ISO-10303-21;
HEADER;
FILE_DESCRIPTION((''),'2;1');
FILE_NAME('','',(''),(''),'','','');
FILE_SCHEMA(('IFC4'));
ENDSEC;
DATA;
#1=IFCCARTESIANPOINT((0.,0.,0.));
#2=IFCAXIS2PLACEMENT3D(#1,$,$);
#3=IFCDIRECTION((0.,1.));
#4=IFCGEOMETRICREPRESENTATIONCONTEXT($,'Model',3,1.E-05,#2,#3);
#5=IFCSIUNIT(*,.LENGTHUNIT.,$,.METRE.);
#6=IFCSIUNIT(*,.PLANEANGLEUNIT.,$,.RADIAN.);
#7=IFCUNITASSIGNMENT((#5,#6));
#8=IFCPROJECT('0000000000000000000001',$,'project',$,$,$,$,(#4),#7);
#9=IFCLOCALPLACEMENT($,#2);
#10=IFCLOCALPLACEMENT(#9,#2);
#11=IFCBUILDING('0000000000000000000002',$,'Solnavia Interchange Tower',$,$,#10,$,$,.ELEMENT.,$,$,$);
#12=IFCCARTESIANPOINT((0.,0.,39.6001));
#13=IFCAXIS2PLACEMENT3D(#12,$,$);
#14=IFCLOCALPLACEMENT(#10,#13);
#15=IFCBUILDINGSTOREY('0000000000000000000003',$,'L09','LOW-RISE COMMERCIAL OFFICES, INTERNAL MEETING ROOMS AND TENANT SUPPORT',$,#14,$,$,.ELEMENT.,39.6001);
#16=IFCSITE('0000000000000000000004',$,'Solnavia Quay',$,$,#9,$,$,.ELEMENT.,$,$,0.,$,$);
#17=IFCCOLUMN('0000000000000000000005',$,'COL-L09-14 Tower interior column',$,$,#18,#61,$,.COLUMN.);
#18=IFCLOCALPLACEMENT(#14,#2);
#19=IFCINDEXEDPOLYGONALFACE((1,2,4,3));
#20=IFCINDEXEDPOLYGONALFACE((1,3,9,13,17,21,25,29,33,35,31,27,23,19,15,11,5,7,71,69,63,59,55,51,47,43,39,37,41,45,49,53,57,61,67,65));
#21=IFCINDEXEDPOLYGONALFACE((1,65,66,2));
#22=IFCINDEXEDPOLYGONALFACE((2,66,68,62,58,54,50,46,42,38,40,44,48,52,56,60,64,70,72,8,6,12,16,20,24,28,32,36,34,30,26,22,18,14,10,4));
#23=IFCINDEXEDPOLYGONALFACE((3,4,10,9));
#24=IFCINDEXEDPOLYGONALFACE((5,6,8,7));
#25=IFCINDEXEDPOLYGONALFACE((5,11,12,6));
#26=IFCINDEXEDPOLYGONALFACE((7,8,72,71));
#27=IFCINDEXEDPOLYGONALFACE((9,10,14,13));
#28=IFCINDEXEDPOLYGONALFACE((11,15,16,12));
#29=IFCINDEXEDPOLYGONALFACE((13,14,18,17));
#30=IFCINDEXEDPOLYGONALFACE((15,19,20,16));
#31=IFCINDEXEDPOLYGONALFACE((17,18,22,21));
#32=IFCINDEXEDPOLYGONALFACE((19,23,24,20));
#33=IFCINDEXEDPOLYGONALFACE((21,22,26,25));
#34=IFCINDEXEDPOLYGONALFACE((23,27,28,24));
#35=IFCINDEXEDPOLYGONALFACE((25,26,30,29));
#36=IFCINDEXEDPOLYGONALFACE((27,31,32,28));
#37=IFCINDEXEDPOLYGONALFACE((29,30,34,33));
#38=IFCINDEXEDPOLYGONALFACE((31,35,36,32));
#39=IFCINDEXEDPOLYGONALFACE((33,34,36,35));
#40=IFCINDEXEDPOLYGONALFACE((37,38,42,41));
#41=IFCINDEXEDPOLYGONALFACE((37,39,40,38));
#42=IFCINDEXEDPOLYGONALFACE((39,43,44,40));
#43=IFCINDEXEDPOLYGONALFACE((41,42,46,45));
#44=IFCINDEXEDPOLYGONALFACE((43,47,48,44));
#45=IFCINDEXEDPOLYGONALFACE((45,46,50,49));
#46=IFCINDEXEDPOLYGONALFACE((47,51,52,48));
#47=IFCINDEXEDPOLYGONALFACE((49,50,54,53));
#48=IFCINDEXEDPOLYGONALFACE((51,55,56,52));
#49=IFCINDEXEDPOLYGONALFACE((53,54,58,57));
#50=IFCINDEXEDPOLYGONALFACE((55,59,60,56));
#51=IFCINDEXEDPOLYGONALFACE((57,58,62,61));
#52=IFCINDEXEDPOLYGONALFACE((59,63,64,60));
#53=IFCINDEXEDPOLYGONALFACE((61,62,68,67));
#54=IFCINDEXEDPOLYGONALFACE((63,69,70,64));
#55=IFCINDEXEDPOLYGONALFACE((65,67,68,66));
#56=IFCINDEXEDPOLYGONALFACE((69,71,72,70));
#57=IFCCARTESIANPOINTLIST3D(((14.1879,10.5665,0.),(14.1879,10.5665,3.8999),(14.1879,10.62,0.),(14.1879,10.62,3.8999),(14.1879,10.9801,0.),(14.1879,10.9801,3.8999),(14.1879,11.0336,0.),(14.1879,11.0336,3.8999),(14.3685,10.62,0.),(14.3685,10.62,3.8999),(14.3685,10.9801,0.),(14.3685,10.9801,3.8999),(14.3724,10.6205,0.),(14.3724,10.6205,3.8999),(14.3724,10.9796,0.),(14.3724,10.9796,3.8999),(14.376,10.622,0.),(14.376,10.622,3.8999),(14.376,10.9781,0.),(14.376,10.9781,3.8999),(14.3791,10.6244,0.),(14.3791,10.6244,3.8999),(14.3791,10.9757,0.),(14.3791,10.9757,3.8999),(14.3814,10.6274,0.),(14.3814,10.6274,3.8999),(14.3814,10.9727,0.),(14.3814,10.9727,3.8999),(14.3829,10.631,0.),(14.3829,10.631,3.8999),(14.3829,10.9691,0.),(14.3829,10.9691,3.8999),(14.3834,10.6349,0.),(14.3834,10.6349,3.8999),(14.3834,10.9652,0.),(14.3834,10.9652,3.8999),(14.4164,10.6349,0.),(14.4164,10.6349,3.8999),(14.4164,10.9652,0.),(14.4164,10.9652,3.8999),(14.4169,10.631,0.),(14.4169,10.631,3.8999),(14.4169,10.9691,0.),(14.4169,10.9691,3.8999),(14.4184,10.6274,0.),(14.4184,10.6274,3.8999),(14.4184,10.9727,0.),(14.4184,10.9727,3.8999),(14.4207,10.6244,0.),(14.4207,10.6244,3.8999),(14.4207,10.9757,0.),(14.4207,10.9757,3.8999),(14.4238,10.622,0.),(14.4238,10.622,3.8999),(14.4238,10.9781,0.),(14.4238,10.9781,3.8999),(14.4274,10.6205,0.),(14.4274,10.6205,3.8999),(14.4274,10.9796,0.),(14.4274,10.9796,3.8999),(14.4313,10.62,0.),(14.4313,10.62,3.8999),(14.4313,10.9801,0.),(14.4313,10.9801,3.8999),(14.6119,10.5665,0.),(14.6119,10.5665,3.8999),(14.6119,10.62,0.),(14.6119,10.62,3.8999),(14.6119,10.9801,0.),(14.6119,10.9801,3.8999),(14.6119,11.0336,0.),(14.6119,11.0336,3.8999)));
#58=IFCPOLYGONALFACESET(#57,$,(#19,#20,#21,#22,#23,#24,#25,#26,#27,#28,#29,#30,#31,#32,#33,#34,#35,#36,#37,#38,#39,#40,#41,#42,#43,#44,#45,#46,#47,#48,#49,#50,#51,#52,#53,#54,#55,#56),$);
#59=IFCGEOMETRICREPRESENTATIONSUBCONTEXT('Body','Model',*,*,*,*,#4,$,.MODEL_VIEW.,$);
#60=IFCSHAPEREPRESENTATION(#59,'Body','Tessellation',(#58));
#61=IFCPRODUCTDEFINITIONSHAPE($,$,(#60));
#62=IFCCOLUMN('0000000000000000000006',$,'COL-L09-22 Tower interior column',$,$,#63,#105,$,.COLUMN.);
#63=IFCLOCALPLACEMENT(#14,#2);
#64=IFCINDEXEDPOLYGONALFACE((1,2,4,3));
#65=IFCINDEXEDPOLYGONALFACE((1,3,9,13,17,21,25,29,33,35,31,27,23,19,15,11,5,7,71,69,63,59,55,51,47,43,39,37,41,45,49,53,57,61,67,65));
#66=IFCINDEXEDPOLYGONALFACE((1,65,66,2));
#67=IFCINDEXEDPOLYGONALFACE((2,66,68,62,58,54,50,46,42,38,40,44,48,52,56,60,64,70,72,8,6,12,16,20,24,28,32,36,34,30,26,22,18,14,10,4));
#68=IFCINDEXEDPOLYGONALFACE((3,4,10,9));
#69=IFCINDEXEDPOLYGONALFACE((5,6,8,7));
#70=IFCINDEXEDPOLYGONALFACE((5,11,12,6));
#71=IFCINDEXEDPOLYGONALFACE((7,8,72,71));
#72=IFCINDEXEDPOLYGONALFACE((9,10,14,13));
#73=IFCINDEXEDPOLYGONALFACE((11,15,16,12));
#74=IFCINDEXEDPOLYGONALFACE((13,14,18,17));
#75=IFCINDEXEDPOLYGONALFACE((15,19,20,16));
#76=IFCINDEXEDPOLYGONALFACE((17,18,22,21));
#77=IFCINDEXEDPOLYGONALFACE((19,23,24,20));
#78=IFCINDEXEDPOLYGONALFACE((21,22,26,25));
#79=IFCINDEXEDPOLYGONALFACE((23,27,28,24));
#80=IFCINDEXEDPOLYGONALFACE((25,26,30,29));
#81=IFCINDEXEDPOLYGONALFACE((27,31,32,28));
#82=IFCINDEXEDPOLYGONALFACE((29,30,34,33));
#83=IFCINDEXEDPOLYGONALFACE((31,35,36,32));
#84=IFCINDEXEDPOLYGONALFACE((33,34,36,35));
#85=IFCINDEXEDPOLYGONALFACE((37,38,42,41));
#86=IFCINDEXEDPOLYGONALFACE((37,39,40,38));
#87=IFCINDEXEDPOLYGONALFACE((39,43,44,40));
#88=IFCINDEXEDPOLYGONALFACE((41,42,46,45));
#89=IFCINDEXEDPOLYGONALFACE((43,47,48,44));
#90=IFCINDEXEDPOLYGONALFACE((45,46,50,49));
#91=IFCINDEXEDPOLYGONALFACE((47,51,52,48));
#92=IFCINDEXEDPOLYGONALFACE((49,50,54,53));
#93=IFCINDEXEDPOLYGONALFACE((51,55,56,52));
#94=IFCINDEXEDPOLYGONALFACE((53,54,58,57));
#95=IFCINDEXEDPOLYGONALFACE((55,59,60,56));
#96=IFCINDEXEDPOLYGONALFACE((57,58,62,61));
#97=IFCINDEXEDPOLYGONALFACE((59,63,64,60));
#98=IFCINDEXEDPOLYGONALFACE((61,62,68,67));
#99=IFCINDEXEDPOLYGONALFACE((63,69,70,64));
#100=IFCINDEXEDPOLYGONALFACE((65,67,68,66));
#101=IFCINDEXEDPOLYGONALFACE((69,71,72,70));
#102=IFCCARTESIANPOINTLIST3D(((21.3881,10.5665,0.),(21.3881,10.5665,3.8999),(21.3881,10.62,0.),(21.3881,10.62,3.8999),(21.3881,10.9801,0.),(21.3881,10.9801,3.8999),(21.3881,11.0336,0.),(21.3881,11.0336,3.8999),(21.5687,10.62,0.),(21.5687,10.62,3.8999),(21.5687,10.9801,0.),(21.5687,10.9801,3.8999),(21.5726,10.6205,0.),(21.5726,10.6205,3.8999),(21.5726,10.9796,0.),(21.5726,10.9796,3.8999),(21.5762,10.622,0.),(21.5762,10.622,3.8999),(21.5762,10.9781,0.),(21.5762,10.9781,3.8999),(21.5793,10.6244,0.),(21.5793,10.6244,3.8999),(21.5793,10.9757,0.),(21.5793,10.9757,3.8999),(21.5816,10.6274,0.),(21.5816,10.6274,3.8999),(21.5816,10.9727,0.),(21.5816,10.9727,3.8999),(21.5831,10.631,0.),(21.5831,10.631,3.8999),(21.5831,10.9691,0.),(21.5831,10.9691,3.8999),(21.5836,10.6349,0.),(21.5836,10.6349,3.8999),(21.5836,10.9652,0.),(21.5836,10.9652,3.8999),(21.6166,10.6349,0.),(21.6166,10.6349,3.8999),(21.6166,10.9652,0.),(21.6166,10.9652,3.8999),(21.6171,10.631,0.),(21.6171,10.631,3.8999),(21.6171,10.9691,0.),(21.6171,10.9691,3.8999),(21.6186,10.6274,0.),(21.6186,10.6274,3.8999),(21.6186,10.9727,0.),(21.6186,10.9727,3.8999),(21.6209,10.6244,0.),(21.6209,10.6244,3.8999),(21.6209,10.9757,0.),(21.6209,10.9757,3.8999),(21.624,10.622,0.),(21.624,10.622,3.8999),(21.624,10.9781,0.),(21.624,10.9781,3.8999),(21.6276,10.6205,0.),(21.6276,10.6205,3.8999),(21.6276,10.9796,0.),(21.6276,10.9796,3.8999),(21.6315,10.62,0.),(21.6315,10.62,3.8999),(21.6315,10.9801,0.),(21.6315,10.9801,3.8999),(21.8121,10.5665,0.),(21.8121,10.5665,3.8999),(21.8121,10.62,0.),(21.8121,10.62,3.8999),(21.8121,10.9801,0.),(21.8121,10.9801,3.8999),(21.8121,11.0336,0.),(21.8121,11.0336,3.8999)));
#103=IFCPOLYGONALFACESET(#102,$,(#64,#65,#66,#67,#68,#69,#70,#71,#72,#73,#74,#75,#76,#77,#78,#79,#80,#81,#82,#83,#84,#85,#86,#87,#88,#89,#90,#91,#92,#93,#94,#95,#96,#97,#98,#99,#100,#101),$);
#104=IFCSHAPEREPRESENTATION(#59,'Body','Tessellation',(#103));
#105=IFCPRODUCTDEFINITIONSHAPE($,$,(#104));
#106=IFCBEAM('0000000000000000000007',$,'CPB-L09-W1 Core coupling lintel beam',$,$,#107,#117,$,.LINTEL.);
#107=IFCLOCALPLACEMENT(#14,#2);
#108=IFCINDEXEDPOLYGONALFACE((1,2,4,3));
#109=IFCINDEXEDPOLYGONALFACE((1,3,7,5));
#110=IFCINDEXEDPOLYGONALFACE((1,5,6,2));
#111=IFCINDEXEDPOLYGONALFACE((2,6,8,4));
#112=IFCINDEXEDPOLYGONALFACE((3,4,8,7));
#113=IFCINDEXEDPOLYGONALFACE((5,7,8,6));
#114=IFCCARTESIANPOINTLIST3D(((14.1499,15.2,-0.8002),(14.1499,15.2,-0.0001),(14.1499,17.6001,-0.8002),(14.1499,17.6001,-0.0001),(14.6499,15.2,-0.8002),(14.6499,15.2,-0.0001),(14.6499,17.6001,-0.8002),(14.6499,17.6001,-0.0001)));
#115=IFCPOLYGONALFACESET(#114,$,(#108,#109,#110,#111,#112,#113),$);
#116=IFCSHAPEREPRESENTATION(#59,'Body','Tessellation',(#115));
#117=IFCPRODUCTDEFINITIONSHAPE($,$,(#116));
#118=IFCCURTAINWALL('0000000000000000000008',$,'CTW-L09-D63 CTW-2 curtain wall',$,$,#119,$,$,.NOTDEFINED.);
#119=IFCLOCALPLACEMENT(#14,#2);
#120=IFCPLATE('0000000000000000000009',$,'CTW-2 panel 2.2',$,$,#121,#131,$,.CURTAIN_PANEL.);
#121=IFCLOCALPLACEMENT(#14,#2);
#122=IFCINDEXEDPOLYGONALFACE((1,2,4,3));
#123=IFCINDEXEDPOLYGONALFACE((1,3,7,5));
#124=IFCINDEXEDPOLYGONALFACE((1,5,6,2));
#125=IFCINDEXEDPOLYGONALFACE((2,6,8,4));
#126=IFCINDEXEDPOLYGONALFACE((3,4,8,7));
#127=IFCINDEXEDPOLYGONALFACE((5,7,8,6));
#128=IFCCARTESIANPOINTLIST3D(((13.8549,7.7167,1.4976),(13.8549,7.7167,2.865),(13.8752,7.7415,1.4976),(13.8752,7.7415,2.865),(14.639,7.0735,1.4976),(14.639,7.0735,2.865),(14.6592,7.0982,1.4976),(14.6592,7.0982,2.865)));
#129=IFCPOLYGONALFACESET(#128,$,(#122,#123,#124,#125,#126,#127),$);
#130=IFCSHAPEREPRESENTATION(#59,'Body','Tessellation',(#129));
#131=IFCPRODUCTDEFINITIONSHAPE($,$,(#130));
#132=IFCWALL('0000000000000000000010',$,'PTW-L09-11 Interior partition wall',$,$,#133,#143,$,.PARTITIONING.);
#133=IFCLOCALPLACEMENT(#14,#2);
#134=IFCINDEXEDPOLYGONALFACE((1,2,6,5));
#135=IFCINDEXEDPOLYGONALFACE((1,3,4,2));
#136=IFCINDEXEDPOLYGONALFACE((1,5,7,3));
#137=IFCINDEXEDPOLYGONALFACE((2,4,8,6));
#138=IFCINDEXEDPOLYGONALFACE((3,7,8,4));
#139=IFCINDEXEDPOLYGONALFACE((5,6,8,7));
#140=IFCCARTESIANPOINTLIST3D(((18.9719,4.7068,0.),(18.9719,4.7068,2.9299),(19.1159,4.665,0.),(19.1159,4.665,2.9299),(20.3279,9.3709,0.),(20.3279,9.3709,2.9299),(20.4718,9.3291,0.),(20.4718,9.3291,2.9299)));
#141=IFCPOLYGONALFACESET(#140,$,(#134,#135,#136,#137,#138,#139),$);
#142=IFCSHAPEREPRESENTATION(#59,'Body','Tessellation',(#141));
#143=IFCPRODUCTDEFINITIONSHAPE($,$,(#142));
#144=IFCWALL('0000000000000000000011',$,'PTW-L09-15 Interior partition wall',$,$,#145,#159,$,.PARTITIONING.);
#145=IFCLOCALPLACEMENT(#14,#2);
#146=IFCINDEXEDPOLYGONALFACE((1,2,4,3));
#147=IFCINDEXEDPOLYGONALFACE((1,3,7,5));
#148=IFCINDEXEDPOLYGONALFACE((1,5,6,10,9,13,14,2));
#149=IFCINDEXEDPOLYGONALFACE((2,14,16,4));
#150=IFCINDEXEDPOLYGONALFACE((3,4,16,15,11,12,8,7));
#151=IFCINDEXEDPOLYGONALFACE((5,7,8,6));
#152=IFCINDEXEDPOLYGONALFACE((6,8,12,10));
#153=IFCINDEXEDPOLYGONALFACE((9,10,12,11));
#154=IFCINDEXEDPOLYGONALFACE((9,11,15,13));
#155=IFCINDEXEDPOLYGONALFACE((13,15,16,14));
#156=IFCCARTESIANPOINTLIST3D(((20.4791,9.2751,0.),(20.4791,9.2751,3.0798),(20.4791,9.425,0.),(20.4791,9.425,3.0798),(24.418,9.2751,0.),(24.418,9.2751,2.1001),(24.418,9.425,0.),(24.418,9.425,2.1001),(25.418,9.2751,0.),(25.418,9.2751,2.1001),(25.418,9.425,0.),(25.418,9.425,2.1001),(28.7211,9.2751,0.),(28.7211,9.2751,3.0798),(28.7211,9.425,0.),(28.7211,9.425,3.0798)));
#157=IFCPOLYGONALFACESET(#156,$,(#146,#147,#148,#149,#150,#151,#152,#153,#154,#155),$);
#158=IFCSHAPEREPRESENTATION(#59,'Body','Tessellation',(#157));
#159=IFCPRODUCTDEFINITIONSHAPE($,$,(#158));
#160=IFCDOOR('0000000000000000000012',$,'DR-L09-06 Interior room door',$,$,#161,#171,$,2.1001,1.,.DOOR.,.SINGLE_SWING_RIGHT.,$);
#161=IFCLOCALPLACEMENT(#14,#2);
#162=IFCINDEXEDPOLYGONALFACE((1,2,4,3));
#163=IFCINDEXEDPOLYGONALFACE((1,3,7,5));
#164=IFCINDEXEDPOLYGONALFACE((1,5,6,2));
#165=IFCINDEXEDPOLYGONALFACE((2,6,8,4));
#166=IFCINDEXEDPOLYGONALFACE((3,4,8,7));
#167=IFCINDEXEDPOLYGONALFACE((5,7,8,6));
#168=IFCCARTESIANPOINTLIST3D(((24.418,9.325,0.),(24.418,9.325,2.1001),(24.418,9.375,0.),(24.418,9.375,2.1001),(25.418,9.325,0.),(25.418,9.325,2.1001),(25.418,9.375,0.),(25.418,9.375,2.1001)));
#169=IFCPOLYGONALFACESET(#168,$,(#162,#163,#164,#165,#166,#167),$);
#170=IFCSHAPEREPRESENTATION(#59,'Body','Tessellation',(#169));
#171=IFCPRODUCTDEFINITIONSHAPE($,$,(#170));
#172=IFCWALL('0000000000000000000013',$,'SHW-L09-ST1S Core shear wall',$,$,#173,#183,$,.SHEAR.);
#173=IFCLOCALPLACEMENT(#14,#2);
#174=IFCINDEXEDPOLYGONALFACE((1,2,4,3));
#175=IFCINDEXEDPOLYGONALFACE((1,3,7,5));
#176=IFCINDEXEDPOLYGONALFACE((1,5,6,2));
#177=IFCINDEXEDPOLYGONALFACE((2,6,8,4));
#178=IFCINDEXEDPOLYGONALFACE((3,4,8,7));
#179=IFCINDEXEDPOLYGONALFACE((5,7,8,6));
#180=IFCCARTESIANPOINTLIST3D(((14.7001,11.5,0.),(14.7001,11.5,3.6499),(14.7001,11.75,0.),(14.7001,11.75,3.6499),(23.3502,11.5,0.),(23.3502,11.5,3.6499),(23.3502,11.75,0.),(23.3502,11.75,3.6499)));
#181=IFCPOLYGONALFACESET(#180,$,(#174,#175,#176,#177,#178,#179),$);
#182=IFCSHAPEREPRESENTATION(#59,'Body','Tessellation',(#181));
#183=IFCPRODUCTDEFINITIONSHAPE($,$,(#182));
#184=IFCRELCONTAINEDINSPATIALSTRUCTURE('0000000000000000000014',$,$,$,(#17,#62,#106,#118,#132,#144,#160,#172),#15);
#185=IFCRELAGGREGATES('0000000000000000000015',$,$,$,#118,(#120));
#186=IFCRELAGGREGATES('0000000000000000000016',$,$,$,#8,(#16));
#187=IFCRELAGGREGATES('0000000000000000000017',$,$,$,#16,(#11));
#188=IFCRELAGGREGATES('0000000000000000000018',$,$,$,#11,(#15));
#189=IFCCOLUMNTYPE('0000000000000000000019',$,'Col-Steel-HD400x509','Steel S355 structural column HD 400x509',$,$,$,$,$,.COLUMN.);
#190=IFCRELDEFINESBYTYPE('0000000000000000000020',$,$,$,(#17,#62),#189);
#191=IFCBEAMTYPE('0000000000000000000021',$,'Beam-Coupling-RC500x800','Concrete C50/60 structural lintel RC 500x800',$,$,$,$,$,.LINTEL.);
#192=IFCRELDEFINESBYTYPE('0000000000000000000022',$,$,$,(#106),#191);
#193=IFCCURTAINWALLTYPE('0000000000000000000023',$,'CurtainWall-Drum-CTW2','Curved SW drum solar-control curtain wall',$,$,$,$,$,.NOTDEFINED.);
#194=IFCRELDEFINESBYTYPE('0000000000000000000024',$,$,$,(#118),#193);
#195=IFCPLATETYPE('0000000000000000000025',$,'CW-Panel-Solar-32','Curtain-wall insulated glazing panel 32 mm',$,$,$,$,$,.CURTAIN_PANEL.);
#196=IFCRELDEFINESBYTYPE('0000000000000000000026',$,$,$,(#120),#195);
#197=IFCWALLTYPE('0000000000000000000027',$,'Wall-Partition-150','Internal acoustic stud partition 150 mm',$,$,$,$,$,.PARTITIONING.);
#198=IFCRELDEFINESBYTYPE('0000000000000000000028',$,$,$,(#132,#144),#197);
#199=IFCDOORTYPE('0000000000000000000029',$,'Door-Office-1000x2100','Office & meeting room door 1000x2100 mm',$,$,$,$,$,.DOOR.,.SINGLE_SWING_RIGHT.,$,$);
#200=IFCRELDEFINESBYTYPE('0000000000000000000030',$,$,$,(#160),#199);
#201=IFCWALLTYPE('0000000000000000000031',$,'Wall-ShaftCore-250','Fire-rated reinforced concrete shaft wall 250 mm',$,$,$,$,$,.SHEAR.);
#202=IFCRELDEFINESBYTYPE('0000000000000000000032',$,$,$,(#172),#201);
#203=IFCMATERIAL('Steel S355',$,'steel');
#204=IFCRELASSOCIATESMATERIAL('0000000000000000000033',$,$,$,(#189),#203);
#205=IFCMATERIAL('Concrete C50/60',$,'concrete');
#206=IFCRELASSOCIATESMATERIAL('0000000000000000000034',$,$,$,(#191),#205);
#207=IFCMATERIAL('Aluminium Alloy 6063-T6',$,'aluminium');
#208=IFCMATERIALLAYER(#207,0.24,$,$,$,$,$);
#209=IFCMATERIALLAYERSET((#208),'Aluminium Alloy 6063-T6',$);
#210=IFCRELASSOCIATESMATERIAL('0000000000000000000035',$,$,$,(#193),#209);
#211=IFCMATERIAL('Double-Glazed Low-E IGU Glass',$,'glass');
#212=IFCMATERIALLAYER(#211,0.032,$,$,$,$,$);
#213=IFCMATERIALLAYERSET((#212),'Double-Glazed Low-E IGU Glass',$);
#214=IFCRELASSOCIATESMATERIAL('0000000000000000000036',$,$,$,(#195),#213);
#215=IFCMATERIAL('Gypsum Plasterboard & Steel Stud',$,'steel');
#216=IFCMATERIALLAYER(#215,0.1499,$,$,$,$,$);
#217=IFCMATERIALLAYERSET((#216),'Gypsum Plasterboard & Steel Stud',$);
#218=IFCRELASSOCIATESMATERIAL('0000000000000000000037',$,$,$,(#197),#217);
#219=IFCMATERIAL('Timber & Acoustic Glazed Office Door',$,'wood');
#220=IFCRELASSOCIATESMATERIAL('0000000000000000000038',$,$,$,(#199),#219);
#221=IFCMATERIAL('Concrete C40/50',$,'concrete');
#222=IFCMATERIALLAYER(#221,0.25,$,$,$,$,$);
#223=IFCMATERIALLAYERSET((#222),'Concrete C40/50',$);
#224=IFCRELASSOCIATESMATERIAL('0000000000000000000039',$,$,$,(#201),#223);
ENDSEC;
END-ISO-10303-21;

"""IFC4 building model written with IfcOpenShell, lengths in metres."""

from ifc_helpers import new_model, si_unit, direction, frame, frame_2d, origin, origin_2d, place, context, subcontext, project, spatial, rectangle, i_section, extrude, material, layer, layer_set, material_profile, profile_set, type_object, element, fill, aggregate, save


model = new_model("IFC4")

# Units and contexts
model_context = context("Model", 3, precision=1e-05, world=origin(), true_north=direction((0.0, 1.0)))
body_context = subcontext(model_context, "Body", "Model", "MODEL_VIEW")
ifc_project = project(units=[si_unit("LENGTHUNIT", "METRE"), si_unit("PLANEANGLEUNIT", "RADIAN")], contexts=[model_context])

# Site, building, storey
site_placement = place(None, origin())
site = spatial("IfcSite", under=ifc_project, at=site_placement, Name="Solnavia Quay", CompositionType="ELEMENT", RefElevation=0.0)
building_placement = place(site_placement, origin())
building = spatial("IfcBuilding", under=site, at=building_placement, Name="Solnavia Interchange Tower", CompositionType="ELEMENT")
storey_placement = place(building_placement, frame((0.0, 0.0, 39.6001)))
storey = spatial("IfcBuildingStorey", under=building, at=storey_placement, Name="L09", Description="LOW-RISE COMMERCIAL OFFICES, INTERNAL MEETING ROOMS AND TENANT SUPPORT", CompositionType="ELEMENT", Elevation=39.6001)

# Columns
ifc_material_1 = material(Name="Steel S355", Category="steel")
ifc_material_profile_1 = material_profile(ifc_material_1, i_section(OverallWidth=0.4241, OverallDepth=0.467, WebThickness=0.033, FlangeThickness=0.0535, FilletRadius=0.0149, at=origin_2d()), Name="HD 400x509")
ifc_profile_set_1 = profile_set([ifc_material_profile_1], Name="Steel S355")
column_type = type_object("IfcColumnType", Name="Col-Steel-HD400x509", Description="Steel S355 structural column HD 400x509", PredefinedType="COLUMN", material=ifc_profile_set_1)
for number, where, z_axis, x_axis, name in (
    (1, (14.3999, 10.8, 0.0), (0.0, 0.0, 1.0), (1.0, 0.0, 0.0), "COL-L09-14 Tower interior column"),
    (2, (21.6001, 10.8, 0.0), (0.0, 0.0, 1.0), (1.0, 0.0, 0.0), "COL-L09-22 Tower interior column"),
):
    element("IfcColumn", number, at=place(storey_placement, frame(where, z_axis=z_axis, x_axis=x_axis)), inside=storey, type_object=column_type, Name=name, PredefinedType="COLUMN", context=body_context, shape_type="SweptSolid", body=[
        extrude(i_section(OverallWidth=0.4241, OverallDepth=0.467, WebThickness=0.033, FlangeThickness=0.0535, FilletRadius=0.0149, at=origin_2d()), origin(), (0.0, 0.0, 1.0), 3.8999),
    ])

# Beam
ifc_material_2 = material(Name="Concrete C50/60", Category="concrete")
ifc_material_profile_2 = material_profile(ifc_material_2, rectangle(XDim=0.5, YDim=0.8, at=origin_2d()), Name="RC 500x800")
ifc_profile_set_2 = profile_set([ifc_material_profile_2], Name="Concrete C50/60")
beam_type = type_object("IfcBeamType", Name="Beam-Coupling-RC500x800", Description="Concrete C50/60 structural lintel RC 500x800", PredefinedType="LINTEL", material=ifc_profile_set_2)
beam_placement = place(storey_placement, frame((14.3999, 15.2, -0.4001), z_axis=(0.0, 1.0, 0.0), x_axis=(-1.0, 0.0, 0.0)))
element("IfcBeam", 3, at=beam_placement, inside=storey, type_object=beam_type, Name="CPB-L09-W1 Core coupling lintel beam", PredefinedType="LINTEL", context=body_context, shape_type="SweptSolid", body=[
    extrude(rectangle(XDim=0.5, YDim=0.8, at=origin_2d()), origin(), (0.0, 0.0, 1.0), 2.4001),
])

# Curtain wall, plate
ifc_material_3 = material(Name="Aluminium Alloy 6063-T6", Category="aluminium")
ifc_layer_1 = layer(ifc_material_3, 0.24)
ifc_layer_set_1 = layer_set([ifc_layer_1], Name="Aluminium Alloy 6063-T6")
curtain_wall_type = type_object("IfcCurtainWallType", Name="CurtainWall-Drum-CTW2", Description="Curved SW drum solar-control curtain wall", PredefinedType="NOTDEFINED", material=ifc_layer_set_1)
curtain_wall_placement = place(storey_placement, origin())
curtain_wall = element("IfcCurtainWall", 4, at=curtain_wall_placement, inside=storey, type_object=curtain_wall_type, Name="CTW-L09-D63 CTW-2 curtain wall", PredefinedType="NOTDEFINED")
ifc_material_4 = material(Name="Double-Glazed Low-E IGU Glass", Category="glass")
ifc_layer_2 = layer(ifc_material_4, 0.032)
ifc_layer_set_2 = layer_set([ifc_layer_2], Name="Double-Glazed Low-E IGU Glass")
plate_type = type_object("IfcPlateType", Name="CW-Panel-Solar-32", Description="Curtain-wall insulated glazing panel 32 mm", PredefinedType="CURTAIN_PANEL", material=ifc_layer_set_2)
plate_placement = place(storey_placement, frame((14.2571, 7.4075, 1.4976), z_axis=(0.0, 0.0, 1.0), x_axis=(0.773095, -0.634291, 0.0)))
plate = element("IfcPlate", 5, at=plate_placement, type_object=plate_type, Name="CTW-2 panel 2.2", PredefinedType="CURTAIN_PANEL", context=body_context, shape_type="SweptSolid", body=[
    extrude(rectangle(XDim=1.0142, YDim=0.032, at=origin_2d()), origin(), (0.0, 0.0, 1.0), 1.3674),
])
aggregate(curtain_wall, [plate])

# Wall
ifc_material_5 = material(Name="Gypsum Plasterboard & Steel Stud", Category="steel")
ifc_layer_3 = layer(ifc_material_5, 0.1499)
ifc_layer_set_3 = layer_set([ifc_layer_3], Name="Gypsum Plasterboard & Steel Stud")
wall_type_1 = type_object("IfcWallType", Name="Wall-Partition-150", Description="Internal acoustic stud partition 150 mm", PredefinedType="PARTITIONING", material=ifc_layer_set_3)
wall_1_placement = place(storey_placement, frame((20.3999, 9.3501, 0.0), z_axis=(0.0, 0.0, 1.0), x_axis=(-0.279166, -0.960243, 0.0)))
element("IfcWall", 6, at=wall_1_placement, inside=storey, type_object=wall_type_1, Name="PTW-L09-11 Interior partition wall", PredefinedType="PARTITIONING", context=body_context, shape_type="SweptSolid", body=[
    extrude(rectangle(XDim=4.8572, YDim=0.1499, at=frame_2d((2.4287, 0.0))), origin(), (0.0, 0.0, 1.0), 2.9299),
])

# Wall, opening, door
wall_2_placement = place(storey_placement, frame((20.479, 9.3501, 0.0), z_axis=(0.0, 0.0, 1.0), x_axis=(1.0, 0.0, 0.0)))
wall_2 = element("IfcWall", 7, at=wall_2_placement, inside=storey, type_object=wall_type_1, Name="PTW-L09-15 Interior partition wall", PredefinedType="PARTITIONING", context=body_context, shape_type="SweptSolid", body=[
    extrude(rectangle(XDim=8.2419, YDim=0.1499, at=frame_2d((4.1211, 0.0))), origin(), (0.0, 0.0, 1.0), 3.0798),
])
opening_1_placement = place(wall_2_placement, frame((3.939, 0.0, 0.0)))
opening_1 = element("IfcOpeningElement", 8, at=opening_1_placement, cuts=wall_2, PredefinedType="OPENING", context=body_context, shape_type="SweptSolid", body=[
    extrude(rectangle(XDim=1.0, YDim=2.1001, at=frame_2d((0.5, 1.05))), frame((0.0, 0.085, 0.0), z_axis=(0.0, -1.0, 0.0), x_axis=(1.0, 0.0, 0.0)), (0.0, 0.0, 1.0), 0.1699),
])
ifc_material_6 = material(Name="Timber & Acoustic Glazed Office Door", Category="wood")
door_type_1 = type_object("IfcDoorType", Name="Door-Office-1000x2100", Description="Office & meeting room door 1000x2100 mm", OperationType="SINGLE_SWING_RIGHT", PredefinedType="DOOR", material=ifc_material_6)
door_1_placement = place(opening_1_placement, origin())
door_1 = element("IfcDoor", 9, at=door_1_placement, inside=storey, type_object=door_type_1, Name="DR-L09-06 Interior room door", OperationType="SINGLE_SWING_RIGHT", OverallHeight=2.1001, OverallWidth=1.0, PredefinedType="DOOR", context=body_context, shape_type="SweptSolid", body=[
    extrude(rectangle(XDim=1.0, YDim=2.1001, at=frame_2d((0.5, 1.05))), frame((0.0, 0.0249, 0.0), z_axis=(0.0, -1.0, 0.0), x_axis=(1.0, 0.0, 0.0)), (0.0, 0.0, 1.0), 0.05),
])
fill(opening_1, door_1)

# Wall
ifc_material_7 = material(Name="Concrete C40/50", Category="concrete")
ifc_layer_4 = layer(ifc_material_7, 0.25)
ifc_layer_set_4 = layer_set([ifc_layer_4], Name="Concrete C40/50")
wall_type_2 = type_object("IfcWallType", Name="Wall-ShaftCore-250", Description="Fire-rated reinforced concrete shaft wall 250 mm", PredefinedType="SHEAR", material=ifc_layer_set_4)
wall_3_placement = place(storey_placement, frame((14.7, 11.625, 0.0), z_axis=(0.0, 0.0, 1.0), x_axis=(1.0, 0.0, 0.0)))
element("IfcWall", 10, at=wall_3_placement, inside=storey, type_object=wall_type_2, Name="SHW-L09-ST1S Core shear wall", PredefinedType="SHEAR", context=body_context, shape_type="SweptSolid", body=[
    extrude(rectangle(XDim=8.6501, YDim=0.25, at=frame_2d((4.3252, 0.0))), origin(), (0.0, 0.0, 1.0), 3.6499),
])

save(model, "model.ifc")
